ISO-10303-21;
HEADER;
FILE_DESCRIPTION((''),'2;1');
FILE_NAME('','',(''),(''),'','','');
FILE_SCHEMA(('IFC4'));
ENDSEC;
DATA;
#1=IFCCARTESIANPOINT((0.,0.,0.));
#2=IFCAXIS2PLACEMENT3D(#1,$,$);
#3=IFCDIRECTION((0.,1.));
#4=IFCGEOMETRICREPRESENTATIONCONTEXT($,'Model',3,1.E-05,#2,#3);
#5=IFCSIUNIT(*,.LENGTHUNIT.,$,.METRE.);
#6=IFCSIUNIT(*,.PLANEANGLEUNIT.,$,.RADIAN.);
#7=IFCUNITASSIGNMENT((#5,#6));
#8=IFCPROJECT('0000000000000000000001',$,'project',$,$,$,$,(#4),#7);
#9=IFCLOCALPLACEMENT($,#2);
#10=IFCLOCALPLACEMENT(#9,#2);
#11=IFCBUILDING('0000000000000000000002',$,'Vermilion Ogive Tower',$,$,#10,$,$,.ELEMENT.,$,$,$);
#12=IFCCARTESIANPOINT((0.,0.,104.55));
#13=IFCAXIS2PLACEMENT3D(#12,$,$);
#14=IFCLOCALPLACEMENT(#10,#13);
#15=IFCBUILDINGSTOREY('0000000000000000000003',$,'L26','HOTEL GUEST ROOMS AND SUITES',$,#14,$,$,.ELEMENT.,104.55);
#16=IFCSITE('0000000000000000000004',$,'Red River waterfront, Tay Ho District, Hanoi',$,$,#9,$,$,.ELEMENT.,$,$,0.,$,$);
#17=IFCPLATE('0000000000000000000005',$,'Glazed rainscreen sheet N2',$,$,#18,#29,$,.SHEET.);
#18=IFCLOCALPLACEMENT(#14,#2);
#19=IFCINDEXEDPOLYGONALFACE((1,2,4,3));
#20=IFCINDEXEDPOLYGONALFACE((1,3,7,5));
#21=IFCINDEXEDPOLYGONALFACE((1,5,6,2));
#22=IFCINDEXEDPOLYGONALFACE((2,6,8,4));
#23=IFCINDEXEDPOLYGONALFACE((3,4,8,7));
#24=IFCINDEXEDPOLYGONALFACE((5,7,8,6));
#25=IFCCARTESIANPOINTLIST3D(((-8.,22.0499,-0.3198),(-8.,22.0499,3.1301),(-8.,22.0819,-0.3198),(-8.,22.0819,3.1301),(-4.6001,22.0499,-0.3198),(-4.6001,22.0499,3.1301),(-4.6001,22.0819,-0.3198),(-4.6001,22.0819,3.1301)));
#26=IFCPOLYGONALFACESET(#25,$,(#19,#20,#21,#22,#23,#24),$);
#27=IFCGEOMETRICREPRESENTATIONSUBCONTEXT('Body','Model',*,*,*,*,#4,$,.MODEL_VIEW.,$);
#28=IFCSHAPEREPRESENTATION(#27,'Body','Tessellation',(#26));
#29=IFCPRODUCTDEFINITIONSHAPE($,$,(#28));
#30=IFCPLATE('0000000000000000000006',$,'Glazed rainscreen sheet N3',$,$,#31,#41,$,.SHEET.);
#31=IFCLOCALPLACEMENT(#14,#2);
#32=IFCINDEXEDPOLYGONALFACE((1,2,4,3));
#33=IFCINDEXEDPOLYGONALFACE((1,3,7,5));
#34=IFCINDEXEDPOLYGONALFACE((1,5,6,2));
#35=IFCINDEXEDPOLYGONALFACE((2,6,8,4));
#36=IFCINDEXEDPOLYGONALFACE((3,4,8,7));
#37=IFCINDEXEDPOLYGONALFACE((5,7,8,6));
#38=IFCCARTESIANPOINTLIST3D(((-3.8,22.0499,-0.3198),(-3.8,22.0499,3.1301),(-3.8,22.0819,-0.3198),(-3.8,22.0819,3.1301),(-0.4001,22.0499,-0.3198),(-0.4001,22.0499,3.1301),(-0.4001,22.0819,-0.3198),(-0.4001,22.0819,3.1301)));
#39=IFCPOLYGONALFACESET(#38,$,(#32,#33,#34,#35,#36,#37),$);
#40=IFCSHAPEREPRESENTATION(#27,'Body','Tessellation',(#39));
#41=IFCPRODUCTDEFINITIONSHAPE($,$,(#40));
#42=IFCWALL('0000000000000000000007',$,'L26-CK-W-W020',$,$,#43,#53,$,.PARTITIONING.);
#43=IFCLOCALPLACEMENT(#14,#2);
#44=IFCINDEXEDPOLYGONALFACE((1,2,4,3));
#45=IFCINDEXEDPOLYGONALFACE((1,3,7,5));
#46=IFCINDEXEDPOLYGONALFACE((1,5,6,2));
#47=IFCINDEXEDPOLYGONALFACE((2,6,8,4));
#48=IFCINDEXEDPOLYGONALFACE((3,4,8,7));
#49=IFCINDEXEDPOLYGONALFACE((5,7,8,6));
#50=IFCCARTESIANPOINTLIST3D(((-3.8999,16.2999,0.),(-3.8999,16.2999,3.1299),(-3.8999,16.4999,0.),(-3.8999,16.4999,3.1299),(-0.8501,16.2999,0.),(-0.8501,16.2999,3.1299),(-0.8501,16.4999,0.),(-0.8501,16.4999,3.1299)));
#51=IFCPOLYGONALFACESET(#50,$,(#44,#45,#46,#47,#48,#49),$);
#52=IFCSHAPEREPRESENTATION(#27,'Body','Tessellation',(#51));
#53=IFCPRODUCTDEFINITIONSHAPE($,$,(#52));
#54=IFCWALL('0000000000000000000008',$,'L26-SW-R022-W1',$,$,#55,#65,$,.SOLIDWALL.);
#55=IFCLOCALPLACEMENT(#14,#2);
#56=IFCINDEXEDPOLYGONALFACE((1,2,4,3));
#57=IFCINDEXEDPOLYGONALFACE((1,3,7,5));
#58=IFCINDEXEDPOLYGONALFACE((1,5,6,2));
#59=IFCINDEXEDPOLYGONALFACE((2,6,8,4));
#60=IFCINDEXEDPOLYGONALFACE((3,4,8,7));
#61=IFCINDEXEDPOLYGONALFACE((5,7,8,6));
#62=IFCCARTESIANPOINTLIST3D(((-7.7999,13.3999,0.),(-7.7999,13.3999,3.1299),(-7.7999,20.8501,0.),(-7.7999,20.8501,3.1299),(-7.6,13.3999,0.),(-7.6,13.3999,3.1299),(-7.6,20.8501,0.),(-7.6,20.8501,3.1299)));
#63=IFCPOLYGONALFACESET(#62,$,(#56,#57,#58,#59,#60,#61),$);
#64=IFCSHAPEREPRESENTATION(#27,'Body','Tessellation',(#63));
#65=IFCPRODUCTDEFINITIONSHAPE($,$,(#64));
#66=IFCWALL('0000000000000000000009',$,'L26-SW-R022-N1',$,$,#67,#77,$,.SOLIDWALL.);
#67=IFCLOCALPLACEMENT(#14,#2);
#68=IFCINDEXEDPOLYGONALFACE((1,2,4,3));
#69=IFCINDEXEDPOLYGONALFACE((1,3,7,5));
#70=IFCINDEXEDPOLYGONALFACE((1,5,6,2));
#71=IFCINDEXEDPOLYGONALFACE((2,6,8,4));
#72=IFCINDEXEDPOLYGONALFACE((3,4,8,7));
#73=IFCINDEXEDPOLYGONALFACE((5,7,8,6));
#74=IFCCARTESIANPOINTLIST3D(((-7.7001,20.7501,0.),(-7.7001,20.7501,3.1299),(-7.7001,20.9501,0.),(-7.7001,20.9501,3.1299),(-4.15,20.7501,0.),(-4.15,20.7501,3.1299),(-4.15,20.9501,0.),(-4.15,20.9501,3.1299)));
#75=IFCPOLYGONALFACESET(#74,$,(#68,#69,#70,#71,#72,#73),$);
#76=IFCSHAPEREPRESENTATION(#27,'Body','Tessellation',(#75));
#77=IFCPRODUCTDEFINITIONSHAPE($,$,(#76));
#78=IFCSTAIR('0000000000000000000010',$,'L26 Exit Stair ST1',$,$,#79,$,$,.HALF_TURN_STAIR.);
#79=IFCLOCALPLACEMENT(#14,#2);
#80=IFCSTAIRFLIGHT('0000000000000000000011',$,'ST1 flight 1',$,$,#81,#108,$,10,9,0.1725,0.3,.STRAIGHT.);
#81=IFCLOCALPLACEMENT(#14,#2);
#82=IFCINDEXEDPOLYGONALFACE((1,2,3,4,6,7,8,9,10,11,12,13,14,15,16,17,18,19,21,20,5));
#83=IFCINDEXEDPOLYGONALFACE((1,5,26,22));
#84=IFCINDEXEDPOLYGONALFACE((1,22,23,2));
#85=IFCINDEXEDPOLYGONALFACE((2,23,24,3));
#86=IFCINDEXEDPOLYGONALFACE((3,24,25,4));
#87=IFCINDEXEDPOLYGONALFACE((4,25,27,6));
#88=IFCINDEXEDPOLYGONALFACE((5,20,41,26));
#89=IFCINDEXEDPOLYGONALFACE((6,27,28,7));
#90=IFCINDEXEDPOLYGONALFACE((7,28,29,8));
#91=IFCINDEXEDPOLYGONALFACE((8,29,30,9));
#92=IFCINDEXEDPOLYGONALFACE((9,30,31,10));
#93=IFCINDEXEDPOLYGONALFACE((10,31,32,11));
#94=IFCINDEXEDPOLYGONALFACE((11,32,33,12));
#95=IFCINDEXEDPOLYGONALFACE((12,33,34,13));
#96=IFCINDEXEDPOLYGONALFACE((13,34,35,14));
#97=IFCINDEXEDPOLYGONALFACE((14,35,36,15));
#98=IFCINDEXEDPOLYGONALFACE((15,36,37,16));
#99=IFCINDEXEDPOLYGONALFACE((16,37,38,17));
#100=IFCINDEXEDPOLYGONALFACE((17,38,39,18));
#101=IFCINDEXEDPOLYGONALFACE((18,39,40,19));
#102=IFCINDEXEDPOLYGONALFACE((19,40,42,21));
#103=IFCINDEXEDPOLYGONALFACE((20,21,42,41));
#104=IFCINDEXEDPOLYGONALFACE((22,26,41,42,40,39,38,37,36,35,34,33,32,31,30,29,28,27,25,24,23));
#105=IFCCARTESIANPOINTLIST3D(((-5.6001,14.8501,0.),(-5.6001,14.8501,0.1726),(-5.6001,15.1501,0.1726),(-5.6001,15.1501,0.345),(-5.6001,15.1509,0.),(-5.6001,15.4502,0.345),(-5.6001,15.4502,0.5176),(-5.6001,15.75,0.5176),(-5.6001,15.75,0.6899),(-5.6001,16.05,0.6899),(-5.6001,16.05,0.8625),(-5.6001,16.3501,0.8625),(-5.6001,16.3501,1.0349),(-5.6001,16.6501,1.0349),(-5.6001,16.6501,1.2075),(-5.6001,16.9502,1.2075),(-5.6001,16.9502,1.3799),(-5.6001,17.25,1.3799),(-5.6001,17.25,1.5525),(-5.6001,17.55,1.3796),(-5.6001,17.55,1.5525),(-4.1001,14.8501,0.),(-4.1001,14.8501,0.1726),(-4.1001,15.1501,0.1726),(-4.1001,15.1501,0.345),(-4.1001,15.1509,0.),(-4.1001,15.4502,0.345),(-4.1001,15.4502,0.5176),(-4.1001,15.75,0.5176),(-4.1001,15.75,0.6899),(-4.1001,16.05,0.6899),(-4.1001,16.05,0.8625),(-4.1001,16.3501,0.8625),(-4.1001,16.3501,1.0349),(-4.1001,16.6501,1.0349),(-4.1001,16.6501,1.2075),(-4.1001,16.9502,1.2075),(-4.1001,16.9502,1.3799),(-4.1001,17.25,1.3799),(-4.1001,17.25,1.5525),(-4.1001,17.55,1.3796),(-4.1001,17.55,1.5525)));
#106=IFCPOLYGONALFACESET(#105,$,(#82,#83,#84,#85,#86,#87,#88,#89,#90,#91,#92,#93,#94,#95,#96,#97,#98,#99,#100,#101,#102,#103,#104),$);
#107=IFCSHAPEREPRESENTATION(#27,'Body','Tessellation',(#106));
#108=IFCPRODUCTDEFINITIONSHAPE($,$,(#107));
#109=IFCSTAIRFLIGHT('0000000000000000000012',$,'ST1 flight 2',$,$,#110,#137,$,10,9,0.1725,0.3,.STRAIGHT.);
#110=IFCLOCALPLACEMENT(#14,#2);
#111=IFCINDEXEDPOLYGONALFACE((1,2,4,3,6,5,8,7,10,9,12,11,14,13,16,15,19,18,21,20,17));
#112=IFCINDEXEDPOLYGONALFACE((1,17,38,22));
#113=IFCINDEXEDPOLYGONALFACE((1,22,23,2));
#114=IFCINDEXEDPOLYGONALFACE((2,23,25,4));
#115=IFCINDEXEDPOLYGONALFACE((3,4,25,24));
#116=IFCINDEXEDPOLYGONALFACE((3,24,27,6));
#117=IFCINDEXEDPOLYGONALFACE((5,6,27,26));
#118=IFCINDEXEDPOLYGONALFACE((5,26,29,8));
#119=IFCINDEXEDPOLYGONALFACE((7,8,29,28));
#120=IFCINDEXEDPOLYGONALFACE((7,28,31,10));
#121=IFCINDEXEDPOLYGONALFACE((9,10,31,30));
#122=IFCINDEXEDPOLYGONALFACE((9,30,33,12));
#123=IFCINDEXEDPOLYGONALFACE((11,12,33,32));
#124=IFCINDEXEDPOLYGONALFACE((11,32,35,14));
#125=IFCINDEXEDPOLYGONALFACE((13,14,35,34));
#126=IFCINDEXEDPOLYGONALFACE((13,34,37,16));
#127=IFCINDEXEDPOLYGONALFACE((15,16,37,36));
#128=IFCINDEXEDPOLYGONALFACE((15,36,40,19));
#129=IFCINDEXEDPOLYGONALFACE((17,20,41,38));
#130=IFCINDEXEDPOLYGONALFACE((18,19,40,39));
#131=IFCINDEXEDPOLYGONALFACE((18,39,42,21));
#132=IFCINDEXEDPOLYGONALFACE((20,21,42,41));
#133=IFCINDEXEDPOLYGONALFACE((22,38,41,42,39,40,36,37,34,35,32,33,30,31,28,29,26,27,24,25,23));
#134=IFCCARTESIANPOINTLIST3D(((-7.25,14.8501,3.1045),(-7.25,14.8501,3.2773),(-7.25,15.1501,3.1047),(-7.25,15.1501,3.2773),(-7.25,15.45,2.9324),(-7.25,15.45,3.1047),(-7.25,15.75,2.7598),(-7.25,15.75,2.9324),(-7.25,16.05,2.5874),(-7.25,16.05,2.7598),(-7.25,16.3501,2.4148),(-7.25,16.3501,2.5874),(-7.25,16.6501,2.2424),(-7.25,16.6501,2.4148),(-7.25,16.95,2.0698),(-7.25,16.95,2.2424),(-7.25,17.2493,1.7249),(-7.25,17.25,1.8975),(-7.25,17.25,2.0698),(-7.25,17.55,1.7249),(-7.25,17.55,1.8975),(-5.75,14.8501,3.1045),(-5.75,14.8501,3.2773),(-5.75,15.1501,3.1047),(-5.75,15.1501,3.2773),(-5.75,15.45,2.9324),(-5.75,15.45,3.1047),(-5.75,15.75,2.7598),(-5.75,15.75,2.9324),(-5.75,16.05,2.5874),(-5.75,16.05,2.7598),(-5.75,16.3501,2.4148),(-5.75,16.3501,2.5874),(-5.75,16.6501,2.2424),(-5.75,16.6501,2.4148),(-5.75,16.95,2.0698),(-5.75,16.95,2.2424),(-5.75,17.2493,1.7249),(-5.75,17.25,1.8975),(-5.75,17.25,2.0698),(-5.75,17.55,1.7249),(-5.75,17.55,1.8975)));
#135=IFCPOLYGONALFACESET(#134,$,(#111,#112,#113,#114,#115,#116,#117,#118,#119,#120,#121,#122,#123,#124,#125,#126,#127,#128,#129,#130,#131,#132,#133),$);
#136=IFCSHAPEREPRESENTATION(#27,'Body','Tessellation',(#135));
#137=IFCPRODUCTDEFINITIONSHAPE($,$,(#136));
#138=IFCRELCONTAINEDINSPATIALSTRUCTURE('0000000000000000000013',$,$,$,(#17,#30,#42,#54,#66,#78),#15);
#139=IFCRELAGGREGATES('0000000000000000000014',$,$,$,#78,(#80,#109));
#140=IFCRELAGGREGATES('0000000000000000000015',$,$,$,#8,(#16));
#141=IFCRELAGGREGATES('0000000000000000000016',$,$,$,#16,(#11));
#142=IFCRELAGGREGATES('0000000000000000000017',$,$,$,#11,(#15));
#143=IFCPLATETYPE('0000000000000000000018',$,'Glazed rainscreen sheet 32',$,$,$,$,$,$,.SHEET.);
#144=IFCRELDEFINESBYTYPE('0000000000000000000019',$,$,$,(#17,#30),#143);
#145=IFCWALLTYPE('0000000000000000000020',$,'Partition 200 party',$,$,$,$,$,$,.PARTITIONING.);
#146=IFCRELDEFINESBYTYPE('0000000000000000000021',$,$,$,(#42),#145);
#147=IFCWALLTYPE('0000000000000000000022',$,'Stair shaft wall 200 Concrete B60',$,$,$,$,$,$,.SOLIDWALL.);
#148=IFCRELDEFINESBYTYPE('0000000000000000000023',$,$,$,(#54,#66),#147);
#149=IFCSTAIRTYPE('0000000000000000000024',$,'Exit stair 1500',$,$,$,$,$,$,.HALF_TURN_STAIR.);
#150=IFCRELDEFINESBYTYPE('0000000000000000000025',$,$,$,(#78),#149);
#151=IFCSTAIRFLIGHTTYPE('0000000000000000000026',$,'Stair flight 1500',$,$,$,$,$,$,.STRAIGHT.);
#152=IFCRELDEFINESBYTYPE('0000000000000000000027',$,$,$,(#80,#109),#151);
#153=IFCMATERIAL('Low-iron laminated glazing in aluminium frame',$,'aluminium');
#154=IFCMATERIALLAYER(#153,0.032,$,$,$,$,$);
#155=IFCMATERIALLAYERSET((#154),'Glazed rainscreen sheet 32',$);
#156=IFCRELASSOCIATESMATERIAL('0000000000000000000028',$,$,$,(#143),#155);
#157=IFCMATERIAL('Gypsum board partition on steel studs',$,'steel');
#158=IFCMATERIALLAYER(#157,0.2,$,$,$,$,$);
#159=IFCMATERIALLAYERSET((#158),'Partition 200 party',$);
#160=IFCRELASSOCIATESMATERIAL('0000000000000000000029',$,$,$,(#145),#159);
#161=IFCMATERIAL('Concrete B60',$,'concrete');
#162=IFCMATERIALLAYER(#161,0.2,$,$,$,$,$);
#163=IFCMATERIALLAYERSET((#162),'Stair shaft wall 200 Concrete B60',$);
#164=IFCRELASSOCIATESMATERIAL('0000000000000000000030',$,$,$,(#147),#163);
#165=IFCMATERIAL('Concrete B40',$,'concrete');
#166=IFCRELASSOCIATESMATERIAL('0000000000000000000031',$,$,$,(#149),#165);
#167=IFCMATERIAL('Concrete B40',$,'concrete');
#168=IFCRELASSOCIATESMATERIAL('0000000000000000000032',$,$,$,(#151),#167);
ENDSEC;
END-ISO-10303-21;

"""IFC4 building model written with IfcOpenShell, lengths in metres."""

from ifc_helpers import new_model, si_unit, direction, frame, frame_2d, origin, origin_2d, place, context, subcontext, project, spatial, polyline, rectangle, outline, extrude, material, layer, layer_set, type_object, element, aggregate, save


model = new_model("IFC4")

# Units and contexts
model_context = context("Model", 3, precision=1e-05, world=origin(), true_north=direction((0.0, 1.0)))
body_context = subcontext(model_context, "Body", "Model", "MODEL_VIEW")
ifc_project = project(units=[si_unit("LENGTHUNIT", "METRE"), si_unit("PLANEANGLEUNIT", "RADIAN")], contexts=[model_context])

# Site, building, storey
site_placement = place(None, origin())
site = spatial("IfcSite", under=ifc_project, at=site_placement, Name="Red River waterfront, Tay Ho District, Hanoi", CompositionType="ELEMENT", RefElevation=0.0)
building_placement = place(site_placement, origin())
building = spatial("IfcBuilding", under=site, at=building_placement, Name="Vermilion Ogive Tower", CompositionType="ELEMENT")
storey_placement = place(building_placement, frame((0.0, 0.0, 104.55)))
storey = spatial("IfcBuildingStorey", under=building, at=storey_placement, Name="L26", Description="HOTEL GUEST ROOMS AND SUITES", CompositionType="ELEMENT", Elevation=104.55)

# Plates
ifc_material_1 = material(Name="Low-iron laminated glazing in aluminium frame", Category="aluminium")
ifc_layer_1 = layer(ifc_material_1, 0.032)
ifc_layer_set_1 = layer_set([ifc_layer_1], Name="Glazed rainscreen sheet 32")
plate_type = type_object("IfcPlateType", Name="Glazed rainscreen sheet 32", PredefinedType="SHEET", material=ifc_layer_set_1)
for number, where, z_axis, x_axis, name in (
    (1, (-6.3, 22.0659, -0.3198), (0.0, 0.0, 1.0), (1.0, 0.0, 0.0), "Glazed rainscreen sheet N2"),
    (2, (-2.1001, 22.0659, -0.3198), (0.0, 0.0, 1.0), (1.0, 0.0, 0.0), "Glazed rainscreen sheet N3"),
):
    element("IfcPlate", number, at=place(storey_placement, frame(where, z_axis=z_axis, x_axis=x_axis)), inside=storey, type_object=plate_type, Name=name, PredefinedType="SHEET", context=body_context, shape_type="SweptSolid", body=[
        extrude(rectangle(XDim=3.3999, YDim=0.032, at=origin_2d()), origin(), (0.0, 0.0, 1.0), 3.45),
    ])

# Walls
ifc_material_2 = material(Name="Gypsum board partition on steel studs", Category="steel")
ifc_layer_2 = layer(ifc_material_2, 0.2)
ifc_layer_set_2 = layer_set([ifc_layer_2], Name="Partition 200 party")
wall_type_1 = type_object("IfcWallType", Name="Partition 200 party", PredefinedType="PARTITIONING", material=ifc_layer_set_2)
wall_1_placement = place(storey_placement, frame((-3.8999, 16.3999, 0.0), z_axis=(0.0, 0.0, 1.0), x_axis=(1.0, 0.0, 0.0)))
element("IfcWall", 3, at=wall_1_placement, inside=storey, type_object=wall_type_1, Name="L26-CK-W-W020", PredefinedType="PARTITIONING", context=body_context, shape_type="SweptSolid", body=[
    extrude(rectangle(XDim=3.0498, YDim=0.2, at=frame_2d((1.5249, 0.0))), origin(), (0.0, 0.0, 1.0), 3.1299),
])
ifc_material_3 = material(Name="Concrete B60", Category="concrete")
ifc_layer_3 = layer(ifc_material_3, 0.2)
ifc_layer_set_3 = layer_set([ifc_layer_3], Name="Stair shaft wall 200 Concrete B60")
wall_type_2 = type_object("IfcWallType", Name="Stair shaft wall 200 Concrete B60", PredefinedType="SOLIDWALL", material=ifc_layer_set_3)
wall_2_placement = place(storey_placement, frame((-7.7, 13.3999, 0.0), z_axis=(0.0, 0.0, 1.0), x_axis=(0.0, 1.0, 0.0)))
element("IfcWall", 4, at=wall_2_placement, inside=storey, type_object=wall_type_2, Name="L26-SW-R022-W1", PredefinedType="SOLIDWALL", context=body_context, shape_type="SweptSolid", body=[
    extrude(rectangle(XDim=7.4502, YDim=0.2, at=frame_2d((3.7251, 0.0))), origin(), (0.0, 0.0, 1.0), 3.1299),
])
wall_3_placement = place(storey_placement, frame((-7.7, 20.8501, 0.0), z_axis=(0.0, 0.0, 1.0), x_axis=(1.0, 0.0, 0.0)))
element("IfcWall", 5, at=wall_3_placement, inside=storey, type_object=wall_type_2, Name="L26-SW-R022-N1", PredefinedType="SOLIDWALL", context=body_context, shape_type="SweptSolid", body=[
    extrude(rectangle(XDim=3.55, YDim=0.2, at=frame_2d((1.7749, 0.0))), origin(), (0.0, 0.0, 1.0), 3.1299),
])

# Stair, stair flights
ifc_material_4 = material(Name="Concrete B40", Category="concrete")
stair_type = type_object("IfcStairType", Name="Exit stair 1500", PredefinedType="HALF_TURN_STAIR", material=ifc_material_4)
stair_placement = place(storey_placement, origin())
stair = element("IfcStair", 6, at=stair_placement, inside=storey, type_object=stair_type, Name="L26 Exit Stair ST1", PredefinedType="HALF_TURN_STAIR")
ifc_material_5 = material(Name="Concrete B40", Category="concrete")
stair_flight_type = type_object("IfcStairFlightType", Name="Stair flight 1500", PredefinedType="STRAIGHT", material=ifc_material_5)
stair_flight_1_placement = place(storey_placement, frame((-4.8501, 14.8501, 0.0), z_axis=(0.0, 0.0, 1.0), x_axis=(0.0, 1.0, 0.0)))
stair_flight_1 = element("IfcStairFlight", 7, at=stair_flight_1_placement, type_object=stair_flight_type, Name="ST1 flight 1", NumberOfRisers=10, NumberOfTreads=9, PredefinedType="STRAIGHT", RiserHeight=0.1725, TreadLength=0.3, context=body_context, shape_type="SweptSolid", body=[
    extrude(outline(polyline([(0.0, 0.0), (0.0, 0.1726), (0.3, 0.1726), (0.3, 0.345), (0.6001, 0.345), (0.6001, 0.5176), (0.8999, 0.5176), (0.8999, 0.6899), (1.2, 0.6899), (1.2, 0.8625), (1.5, 0.8625), (1.5, 1.0349), (1.8, 1.0349), (1.8, 1.2075), (2.1001, 1.2075), (2.1001, 1.3799), (2.3999, 1.3799), (2.3999, 1.5525), (2.7, 1.5525), (2.7, 1.7251), (2.7, 1.3796), (0.3008, 0.0), (0.0, 0.0)])), frame((0.0, 0.75, 0.0), z_axis=(0.0, -1.0, 0.0), x_axis=(1.0, 0.0, 0.0)), (0.0, 0.0, 1.0), 1.5),
])
stair_flight_2_placement = place(storey_placement, frame((-6.5, 17.55, 1.7249), z_axis=(0.0, 0.0, 1.0), x_axis=(0.0, -1.0, 0.0)))
stair_flight_2 = element("IfcStairFlight", 8, at=stair_flight_2_placement, type_object=stair_flight_type, Name="ST1 flight 2", NumberOfRisers=10, NumberOfTreads=9, PredefinedType="STRAIGHT", RiserHeight=0.1725, TreadLength=0.3, context=body_context, shape_type="SweptSolid", body=[
    extrude(outline(polyline([(0.0, 0.0), (0.0, 0.1726), (0.3, 0.1726), (0.3, 0.345), (0.6001, 0.345), (0.6001, 0.5176), (0.8999, 0.5176), (0.8999, 0.6899), (1.2, 0.6899), (1.2, 0.8625), (1.5, 0.8625), (1.5, 1.0349), (1.8, 1.0349), (1.8, 1.2075), (2.1001, 1.2075), (2.1001, 1.3799), (2.3999, 1.3799), (2.3999, 1.5525), (2.7, 1.5525), (2.7, 1.7251), (2.7, 1.3796), (0.3008, 0.0), (0.0, 0.0)])), frame((0.0, 0.75, 0.0), z_axis=(0.0, -1.0, 0.0), x_axis=(1.0, 0.0, 0.0)), (0.0, 0.0, 1.0), 1.5),
])
aggregate(stair, [stair_flight_1, stair_flight_2])

save(model, "model.ifc")
